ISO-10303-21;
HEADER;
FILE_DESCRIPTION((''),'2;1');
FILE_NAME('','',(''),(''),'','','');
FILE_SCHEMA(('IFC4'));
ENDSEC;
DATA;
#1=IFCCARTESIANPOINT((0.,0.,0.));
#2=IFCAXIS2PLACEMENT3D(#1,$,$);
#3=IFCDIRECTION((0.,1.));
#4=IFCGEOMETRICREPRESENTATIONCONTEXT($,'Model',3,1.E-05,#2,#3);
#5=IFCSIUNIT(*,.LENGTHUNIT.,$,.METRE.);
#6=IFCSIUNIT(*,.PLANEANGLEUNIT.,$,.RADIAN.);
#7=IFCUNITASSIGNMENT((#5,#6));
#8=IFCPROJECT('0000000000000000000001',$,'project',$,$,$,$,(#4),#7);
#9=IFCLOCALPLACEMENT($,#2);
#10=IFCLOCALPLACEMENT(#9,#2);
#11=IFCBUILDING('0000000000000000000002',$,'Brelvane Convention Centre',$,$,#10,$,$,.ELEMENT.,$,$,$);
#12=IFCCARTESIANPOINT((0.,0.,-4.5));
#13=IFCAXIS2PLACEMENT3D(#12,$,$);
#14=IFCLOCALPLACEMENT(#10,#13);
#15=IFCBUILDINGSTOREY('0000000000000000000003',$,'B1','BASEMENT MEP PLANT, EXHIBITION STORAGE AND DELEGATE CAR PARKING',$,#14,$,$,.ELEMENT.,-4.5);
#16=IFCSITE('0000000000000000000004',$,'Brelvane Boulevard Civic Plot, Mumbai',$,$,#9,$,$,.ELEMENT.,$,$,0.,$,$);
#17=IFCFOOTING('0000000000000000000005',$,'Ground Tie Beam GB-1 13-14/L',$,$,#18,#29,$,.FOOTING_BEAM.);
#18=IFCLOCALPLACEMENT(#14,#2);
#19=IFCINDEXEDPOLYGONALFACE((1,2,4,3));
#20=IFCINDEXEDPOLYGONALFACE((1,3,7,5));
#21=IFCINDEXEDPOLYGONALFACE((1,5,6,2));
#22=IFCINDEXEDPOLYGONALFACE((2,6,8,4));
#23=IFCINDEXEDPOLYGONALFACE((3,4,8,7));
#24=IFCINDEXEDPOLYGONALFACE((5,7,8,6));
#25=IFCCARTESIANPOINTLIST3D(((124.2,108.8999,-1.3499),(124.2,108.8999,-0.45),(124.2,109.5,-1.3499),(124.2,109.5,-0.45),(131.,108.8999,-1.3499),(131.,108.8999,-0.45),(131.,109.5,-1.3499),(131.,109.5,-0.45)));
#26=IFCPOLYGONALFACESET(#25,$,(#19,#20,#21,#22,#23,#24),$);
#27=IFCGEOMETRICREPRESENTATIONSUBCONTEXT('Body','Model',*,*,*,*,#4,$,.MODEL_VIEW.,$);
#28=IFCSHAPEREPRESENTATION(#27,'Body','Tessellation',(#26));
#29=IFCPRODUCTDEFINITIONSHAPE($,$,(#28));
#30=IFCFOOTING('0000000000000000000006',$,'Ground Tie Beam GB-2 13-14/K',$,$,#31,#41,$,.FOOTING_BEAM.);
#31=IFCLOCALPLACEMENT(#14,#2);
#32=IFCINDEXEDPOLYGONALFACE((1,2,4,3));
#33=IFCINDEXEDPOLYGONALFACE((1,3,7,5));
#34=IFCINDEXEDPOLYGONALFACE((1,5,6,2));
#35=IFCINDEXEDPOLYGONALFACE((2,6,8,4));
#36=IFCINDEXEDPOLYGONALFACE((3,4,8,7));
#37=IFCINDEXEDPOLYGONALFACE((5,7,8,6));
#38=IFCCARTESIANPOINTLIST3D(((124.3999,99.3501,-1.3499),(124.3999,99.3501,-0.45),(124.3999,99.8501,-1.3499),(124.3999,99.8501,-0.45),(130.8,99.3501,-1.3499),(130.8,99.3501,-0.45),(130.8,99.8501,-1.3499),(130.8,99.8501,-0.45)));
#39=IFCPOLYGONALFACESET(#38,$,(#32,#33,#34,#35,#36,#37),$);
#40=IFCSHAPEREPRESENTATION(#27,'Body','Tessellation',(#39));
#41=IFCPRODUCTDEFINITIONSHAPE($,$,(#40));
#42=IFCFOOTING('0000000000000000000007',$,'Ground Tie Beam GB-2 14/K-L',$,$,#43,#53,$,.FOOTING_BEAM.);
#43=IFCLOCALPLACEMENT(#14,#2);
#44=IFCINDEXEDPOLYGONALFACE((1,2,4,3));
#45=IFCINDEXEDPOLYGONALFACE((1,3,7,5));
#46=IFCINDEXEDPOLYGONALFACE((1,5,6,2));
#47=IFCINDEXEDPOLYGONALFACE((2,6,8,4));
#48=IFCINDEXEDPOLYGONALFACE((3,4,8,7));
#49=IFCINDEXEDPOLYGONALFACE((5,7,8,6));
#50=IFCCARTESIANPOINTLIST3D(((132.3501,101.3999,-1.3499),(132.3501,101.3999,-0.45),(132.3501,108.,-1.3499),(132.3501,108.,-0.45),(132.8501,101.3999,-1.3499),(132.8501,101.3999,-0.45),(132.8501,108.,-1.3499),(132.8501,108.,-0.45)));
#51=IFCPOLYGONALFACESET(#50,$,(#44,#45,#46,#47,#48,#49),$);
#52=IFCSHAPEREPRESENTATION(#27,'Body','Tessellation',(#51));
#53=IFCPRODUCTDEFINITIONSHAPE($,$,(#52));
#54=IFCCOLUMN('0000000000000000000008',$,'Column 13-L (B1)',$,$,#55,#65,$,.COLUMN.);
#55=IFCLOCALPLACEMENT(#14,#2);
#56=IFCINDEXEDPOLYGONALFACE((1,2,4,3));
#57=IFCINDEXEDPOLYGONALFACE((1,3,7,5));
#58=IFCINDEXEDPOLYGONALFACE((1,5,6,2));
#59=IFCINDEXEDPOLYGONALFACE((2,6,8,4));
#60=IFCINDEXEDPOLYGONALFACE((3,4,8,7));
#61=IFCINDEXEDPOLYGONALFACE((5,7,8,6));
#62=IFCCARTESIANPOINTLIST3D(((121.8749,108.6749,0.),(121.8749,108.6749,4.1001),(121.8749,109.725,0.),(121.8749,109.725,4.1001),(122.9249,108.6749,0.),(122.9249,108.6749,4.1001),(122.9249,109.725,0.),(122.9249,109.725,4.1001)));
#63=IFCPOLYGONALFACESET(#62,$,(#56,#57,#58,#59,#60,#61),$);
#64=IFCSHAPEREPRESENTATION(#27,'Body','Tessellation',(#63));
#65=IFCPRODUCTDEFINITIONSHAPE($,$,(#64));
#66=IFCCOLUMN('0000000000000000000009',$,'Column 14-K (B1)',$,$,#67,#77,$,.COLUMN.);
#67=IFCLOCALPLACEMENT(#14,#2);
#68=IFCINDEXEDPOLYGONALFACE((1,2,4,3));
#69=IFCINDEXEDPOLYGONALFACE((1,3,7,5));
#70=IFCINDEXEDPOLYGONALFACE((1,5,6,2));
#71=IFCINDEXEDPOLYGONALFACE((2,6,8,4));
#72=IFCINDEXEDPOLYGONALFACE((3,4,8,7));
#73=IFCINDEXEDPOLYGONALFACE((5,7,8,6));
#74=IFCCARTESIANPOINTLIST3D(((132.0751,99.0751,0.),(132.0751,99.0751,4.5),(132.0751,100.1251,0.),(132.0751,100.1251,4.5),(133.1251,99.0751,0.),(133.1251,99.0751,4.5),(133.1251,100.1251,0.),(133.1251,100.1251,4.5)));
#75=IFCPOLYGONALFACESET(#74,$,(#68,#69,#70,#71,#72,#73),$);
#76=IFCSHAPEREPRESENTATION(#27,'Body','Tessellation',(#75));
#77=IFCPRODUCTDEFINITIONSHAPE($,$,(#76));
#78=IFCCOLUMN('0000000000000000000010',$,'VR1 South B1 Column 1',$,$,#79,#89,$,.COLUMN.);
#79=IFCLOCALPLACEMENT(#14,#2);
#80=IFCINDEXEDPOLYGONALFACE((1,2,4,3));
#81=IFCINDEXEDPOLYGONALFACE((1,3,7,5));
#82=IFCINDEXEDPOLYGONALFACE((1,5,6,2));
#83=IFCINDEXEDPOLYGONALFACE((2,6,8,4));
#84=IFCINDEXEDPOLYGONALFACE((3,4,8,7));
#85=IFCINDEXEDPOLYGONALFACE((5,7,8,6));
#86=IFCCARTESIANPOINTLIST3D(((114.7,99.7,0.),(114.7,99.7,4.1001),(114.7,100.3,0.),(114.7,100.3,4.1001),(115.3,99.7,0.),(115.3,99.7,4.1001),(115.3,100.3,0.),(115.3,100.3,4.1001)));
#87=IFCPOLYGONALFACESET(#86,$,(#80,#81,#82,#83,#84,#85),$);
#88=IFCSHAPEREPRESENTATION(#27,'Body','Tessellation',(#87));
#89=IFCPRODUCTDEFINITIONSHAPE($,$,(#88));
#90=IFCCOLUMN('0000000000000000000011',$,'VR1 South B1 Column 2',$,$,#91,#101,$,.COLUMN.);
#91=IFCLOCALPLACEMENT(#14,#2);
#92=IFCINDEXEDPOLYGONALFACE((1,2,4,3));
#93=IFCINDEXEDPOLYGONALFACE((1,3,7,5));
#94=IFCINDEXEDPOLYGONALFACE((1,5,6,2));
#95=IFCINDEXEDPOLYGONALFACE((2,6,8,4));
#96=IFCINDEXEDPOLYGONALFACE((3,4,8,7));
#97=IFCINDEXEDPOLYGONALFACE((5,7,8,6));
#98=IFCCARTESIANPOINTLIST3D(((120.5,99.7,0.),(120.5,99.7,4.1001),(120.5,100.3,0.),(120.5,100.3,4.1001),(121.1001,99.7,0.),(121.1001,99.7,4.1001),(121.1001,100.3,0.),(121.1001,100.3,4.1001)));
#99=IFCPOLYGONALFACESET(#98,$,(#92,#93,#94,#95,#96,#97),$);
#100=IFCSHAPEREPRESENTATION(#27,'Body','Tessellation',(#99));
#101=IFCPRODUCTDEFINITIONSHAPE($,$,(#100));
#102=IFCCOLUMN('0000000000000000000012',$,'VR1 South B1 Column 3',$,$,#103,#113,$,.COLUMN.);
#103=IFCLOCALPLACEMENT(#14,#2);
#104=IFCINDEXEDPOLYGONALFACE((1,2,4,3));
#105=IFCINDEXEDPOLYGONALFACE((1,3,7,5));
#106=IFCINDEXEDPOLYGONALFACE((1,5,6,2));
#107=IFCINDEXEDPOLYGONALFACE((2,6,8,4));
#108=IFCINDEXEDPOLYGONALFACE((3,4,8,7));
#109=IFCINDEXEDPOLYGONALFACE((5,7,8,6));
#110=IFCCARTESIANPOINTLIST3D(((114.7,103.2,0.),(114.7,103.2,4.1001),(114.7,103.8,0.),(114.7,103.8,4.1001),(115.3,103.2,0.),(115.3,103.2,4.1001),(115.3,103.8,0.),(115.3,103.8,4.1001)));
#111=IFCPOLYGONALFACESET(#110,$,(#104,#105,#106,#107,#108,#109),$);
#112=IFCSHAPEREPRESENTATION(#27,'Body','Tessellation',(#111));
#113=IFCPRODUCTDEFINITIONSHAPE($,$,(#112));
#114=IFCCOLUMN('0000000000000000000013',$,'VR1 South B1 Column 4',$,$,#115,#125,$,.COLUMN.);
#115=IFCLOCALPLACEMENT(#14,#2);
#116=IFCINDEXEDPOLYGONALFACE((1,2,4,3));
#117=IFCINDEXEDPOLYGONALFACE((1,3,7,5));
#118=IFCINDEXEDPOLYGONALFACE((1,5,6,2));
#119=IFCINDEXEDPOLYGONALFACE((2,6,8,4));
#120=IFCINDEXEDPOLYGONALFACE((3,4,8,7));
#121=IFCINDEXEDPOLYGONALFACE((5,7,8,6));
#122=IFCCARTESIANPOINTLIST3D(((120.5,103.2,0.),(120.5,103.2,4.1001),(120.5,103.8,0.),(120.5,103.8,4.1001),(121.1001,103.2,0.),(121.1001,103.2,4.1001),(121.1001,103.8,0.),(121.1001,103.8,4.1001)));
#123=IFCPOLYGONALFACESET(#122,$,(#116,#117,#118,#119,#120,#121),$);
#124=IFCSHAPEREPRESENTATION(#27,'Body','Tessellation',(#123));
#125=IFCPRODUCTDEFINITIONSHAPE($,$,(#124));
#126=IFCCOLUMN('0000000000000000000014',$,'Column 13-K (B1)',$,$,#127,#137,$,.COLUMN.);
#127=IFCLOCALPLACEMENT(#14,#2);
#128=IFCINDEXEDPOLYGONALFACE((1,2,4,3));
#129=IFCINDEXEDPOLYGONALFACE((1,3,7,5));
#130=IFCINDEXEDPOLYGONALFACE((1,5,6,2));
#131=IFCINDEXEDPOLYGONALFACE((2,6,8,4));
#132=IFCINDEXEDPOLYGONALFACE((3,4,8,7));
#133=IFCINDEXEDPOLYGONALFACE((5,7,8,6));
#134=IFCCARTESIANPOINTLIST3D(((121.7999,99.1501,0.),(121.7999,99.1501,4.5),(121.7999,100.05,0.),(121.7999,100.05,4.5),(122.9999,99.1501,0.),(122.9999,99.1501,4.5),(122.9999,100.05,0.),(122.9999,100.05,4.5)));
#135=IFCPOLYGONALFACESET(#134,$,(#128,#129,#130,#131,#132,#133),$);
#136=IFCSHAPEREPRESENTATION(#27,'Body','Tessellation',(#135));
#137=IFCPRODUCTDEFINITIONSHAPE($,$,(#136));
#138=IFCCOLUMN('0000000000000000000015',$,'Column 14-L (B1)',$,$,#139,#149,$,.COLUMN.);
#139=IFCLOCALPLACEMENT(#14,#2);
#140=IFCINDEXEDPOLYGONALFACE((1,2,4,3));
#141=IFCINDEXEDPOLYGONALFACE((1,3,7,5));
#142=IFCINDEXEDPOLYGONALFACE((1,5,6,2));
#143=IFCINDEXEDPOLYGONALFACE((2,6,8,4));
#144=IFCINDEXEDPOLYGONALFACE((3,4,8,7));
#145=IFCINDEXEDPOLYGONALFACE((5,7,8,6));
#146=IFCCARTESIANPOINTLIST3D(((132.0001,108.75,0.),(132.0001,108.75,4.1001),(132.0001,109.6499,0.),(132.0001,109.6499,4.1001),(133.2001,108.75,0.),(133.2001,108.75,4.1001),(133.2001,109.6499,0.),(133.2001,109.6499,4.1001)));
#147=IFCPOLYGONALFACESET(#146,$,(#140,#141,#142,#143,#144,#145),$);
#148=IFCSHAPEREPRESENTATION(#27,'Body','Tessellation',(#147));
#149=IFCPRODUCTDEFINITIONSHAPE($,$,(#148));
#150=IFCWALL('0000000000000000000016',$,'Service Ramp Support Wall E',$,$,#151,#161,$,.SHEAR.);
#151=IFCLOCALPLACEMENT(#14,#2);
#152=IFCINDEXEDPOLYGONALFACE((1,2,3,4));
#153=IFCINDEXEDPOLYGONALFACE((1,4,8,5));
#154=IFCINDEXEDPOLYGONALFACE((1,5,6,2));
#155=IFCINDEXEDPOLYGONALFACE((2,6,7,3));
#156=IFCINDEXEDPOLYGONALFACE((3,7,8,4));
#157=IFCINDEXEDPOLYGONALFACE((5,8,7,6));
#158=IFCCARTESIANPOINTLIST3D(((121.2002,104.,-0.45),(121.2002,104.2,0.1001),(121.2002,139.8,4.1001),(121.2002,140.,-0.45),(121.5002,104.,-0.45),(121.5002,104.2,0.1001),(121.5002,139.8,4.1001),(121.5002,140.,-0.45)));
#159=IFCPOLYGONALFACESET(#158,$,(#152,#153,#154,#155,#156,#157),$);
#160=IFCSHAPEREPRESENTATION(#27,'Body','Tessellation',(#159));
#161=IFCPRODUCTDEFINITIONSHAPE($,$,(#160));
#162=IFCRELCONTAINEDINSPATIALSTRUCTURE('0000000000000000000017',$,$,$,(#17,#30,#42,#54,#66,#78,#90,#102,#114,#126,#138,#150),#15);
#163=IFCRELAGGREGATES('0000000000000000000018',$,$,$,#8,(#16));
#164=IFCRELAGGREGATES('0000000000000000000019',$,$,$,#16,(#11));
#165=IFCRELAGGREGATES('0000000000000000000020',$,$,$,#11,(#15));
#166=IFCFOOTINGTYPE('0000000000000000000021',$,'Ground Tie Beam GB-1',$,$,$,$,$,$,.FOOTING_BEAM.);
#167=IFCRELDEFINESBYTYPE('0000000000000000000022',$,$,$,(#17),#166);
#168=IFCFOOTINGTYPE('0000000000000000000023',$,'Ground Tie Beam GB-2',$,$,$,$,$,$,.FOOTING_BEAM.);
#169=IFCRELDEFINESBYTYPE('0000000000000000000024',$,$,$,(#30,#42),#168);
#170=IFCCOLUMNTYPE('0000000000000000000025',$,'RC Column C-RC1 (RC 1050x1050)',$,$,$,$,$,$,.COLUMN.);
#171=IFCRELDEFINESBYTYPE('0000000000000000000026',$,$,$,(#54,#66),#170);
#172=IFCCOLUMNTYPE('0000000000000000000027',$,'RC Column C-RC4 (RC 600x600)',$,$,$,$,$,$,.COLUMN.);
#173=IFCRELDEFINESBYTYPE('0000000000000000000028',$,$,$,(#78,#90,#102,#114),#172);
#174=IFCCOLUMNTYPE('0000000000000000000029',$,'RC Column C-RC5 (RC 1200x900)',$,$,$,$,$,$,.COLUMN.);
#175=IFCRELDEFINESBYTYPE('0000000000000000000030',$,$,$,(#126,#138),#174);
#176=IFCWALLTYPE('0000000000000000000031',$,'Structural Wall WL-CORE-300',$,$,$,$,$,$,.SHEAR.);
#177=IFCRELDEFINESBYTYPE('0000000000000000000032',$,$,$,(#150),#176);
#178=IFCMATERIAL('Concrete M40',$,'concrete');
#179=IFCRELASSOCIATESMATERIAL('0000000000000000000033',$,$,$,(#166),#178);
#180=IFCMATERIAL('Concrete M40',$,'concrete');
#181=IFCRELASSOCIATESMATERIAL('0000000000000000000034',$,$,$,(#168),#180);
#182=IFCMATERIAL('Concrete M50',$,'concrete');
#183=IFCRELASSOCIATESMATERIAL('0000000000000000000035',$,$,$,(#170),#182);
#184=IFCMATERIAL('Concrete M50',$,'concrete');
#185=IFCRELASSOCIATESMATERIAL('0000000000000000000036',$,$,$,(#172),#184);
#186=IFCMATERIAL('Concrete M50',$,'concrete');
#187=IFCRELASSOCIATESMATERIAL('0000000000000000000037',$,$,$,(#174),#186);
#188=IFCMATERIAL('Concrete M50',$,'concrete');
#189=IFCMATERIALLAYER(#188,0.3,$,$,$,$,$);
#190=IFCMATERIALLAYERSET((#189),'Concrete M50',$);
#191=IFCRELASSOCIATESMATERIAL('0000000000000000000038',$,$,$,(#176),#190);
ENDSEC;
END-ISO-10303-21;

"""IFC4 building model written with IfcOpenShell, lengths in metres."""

from ifc_helpers import new_model, si_unit, direction, frame, origin, origin_2d, place, context, subcontext, project, spatial, polyline, rectangle, outline, extrude, material, layer, layer_set, material_profile, profile_set, type_object, element, save


model = new_model("IFC4")

# Units and contexts
model_context = context("Model", 3, precision=1e-05, world=origin(), true_north=direction((0.0, 1.0)))
body_context = subcontext(model_context, "Body", "Model", "MODEL_VIEW")
ifc_project = project(units=[si_unit("LENGTHUNIT", "METRE"), si_unit("PLANEANGLEUNIT", "RADIAN")], contexts=[model_context])

# Site, building, storey
site_placement = place(None, origin())
site = spatial("IfcSite", under=ifc_project, at=site_placement, Name="Brelvane Boulevard Civic Plot, Mumbai", CompositionType="ELEMENT", RefElevation=0.0)
building_placement = place(site_placement, origin())
building = spatial("IfcBuilding", under=site, at=building_placement, Name="Brelvane Convention Centre", CompositionType="ELEMENT")
storey_placement = place(building_placement, frame((0.0, 0.0, -4.5)))
storey = spatial("IfcBuildingStorey", under=building, at=storey_placement, Name="B1", Description="BASEMENT MEP PLANT, EXHIBITION STORAGE AND DELEGATE CAR PARKING", CompositionType="ELEMENT", Elevation=-4.5)

# Footings
ifc_material_1 = material(Name="Concrete M40", Category="concrete")
ifc_material_profile_1 = material_profile(ifc_material_1, rectangle(XDim=0.6001, YDim=0.8999, at=origin_2d()), Name="RC 600x900")
ifc_profile_set_1 = profile_set([ifc_material_profile_1], Name="Concrete M40")
footing_type_1 = type_object("IfcFootingType", Name="Ground Tie Beam GB-1", PredefinedType="FOOTING_BEAM", material=ifc_profile_set_1)
footing_1_placement = place(storey_placement, frame((124.2, 109.2, -0.8999), z_axis=(1.0, 0.0, 0.0), x_axis=(0.0, 1.0, 0.0)))
element("IfcFooting", 1, at=footing_1_placement, inside=storey, type_object=footing_type_1, Name="Ground Tie Beam GB-1 13-14/L", PredefinedType="FOOTING_BEAM", context=body_context, shape_type="SweptSolid", body=[
    extrude(rectangle(XDim=0.6001, YDim=0.8999, at=origin_2d()), origin(), (0.0, 0.0, 1.0), 6.8),
])
ifc_material_2 = material(Name="Concrete M40", Category="concrete")
ifc_material_profile_2 = material_profile(ifc_material_2, rectangle(XDim=0.5, YDim=0.8999, at=origin_2d()), Name="RC 500x900")
ifc_profile_set_2 = profile_set([ifc_material_profile_2], Name="Concrete M40")
footing_type_2 = type_object("IfcFootingType", Name="Ground Tie Beam GB-2", PredefinedType="FOOTING_BEAM", material=ifc_profile_set_2)
footing_2_placement = place(storey_placement, frame((124.3999, 99.6001, -0.8999), z_axis=(1.0, 0.0, 0.0), x_axis=(0.0, 1.0, 0.0)))
element("IfcFooting", 2, at=footing_2_placement, inside=storey, type_object=footing_type_2, Name="Ground Tie Beam GB-2 13-14/K", PredefinedType="FOOTING_BEAM", context=body_context, shape_type="SweptSolid", body=[
    extrude(rectangle(XDim=0.5, YDim=0.8999, at=origin_2d()), origin(), (0.0, 0.0, 1.0), 6.4001),
])
footing_3_placement = place(storey_placement, frame((132.6001, 101.3999, -0.8999), z_axis=(0.0, 1.0, 0.0), x_axis=(-1.0, 0.0, 0.0)))
element("IfcFooting", 3, at=footing_3_placement, inside=storey, type_object=footing_type_2, Name="Ground Tie Beam GB-2 14/K-L", PredefinedType="FOOTING_BEAM", context=body_context, shape_type="SweptSolid", body=[
    extrude(rectangle(XDim=0.5, YDim=0.8999, at=origin_2d()), origin(), (0.0, 0.0, 1.0), 6.6001),
])

# Columns
ifc_material_3 = material(Name="Concrete M50", Category="concrete")
ifc_material_profile_3 = material_profile(ifc_material_3, rectangle(XDim=1.05, YDim=1.05, at=origin_2d()), Name="RC 1050x1050")
ifc_profile_set_3 = profile_set([ifc_material_profile_3], Name="Concrete M50")
column_type_1 = type_object("IfcColumnType", Name="RC Column C-RC1 (RC 1050x1050)", PredefinedType="COLUMN", material=ifc_profile_set_3)
column_1_placement = place(storey_placement, frame((122.3999, 109.2, 0.0), z_axis=(0.0, 0.0, 1.0), x_axis=(1.0, 0.0, 0.0)))
element("IfcColumn", 4, at=column_1_placement, inside=storey, type_object=column_type_1, Name="Column 13-L (B1)", PredefinedType="COLUMN", context=body_context, shape_type="SweptSolid", body=[
    extrude(rectangle(XDim=1.05, YDim=1.05, at=origin_2d()), origin(), (0.0, 0.0, 1.0), 4.1001),
])
column_2_placement = place(storey_placement, frame((132.6001, 99.6001, 0.0), z_axis=(0.0, 0.0, 1.0), x_axis=(1.0, 0.0, 0.0)))
element("IfcColumn", 5, at=column_2_placement, inside=storey, type_object=column_type_1, Name="Column 14-K (B1)", PredefinedType="COLUMN", context=body_context, shape_type="SweptSolid", body=[
    extrude(rectangle(XDim=1.05, YDim=1.05, at=origin_2d()), origin(), (0.0, 0.0, 1.0), 4.5),
])
ifc_material_4 = material(Name="Concrete M50", Category="concrete")
ifc_material_profile_4 = material_profile(ifc_material_4, rectangle(XDim=0.6001, YDim=0.6001, at=origin_2d()), Name="RC 600x600")
ifc_profile_set_4 = profile_set([ifc_material_profile_4], Name="Concrete M50")
column_type_2 = type_object("IfcColumnType", Name="RC Column C-RC4 (RC 600x600)", PredefinedType="COLUMN", material=ifc_profile_set_4)
for number, where, z_axis, x_axis, name in (
    (6, (115.0, 100.0, 0.0), (0.0, 0.0, 1.0), (1.0, 0.0, 0.0), "VR1 South B1 Column 1"),
    (7, (120.8, 100.0, 0.0), (0.0, 0.0, 1.0), (1.0, 0.0, 0.0), "VR1 South B1 Column 2"),
    (8, (115.0, 103.5, 0.0), (0.0, 0.0, 1.0), (1.0, 0.0, 0.0), "VR1 South B1 Column 3"),
    (9, (120.8, 103.5, 0.0), (0.0, 0.0, 1.0), (1.0, 0.0, 0.0), "VR1 South B1 Column 4"),
):
    element("IfcColumn", number, at=place(storey_placement, frame(where, z_axis=z_axis, x_axis=x_axis)), inside=storey, type_object=column_type_2, Name=name, PredefinedType="COLUMN", context=body_context, shape_type="SweptSolid", body=[
        extrude(rectangle(XDim=0.6001, YDim=0.6001, at=origin_2d()), origin(), (0.0, 0.0, 1.0), 4.1001),
    ])
ifc_material_5 = material(Name="Concrete M50", Category="concrete")
ifc_material_profile_5 = material_profile(ifc_material_5, rectangle(XDim=1.2, YDim=0.8999, at=origin_2d()), Name="RC 1200x900")
ifc_profile_set_5 = profile_set([ifc_material_profile_5], Name="Concrete M50")
column_type_3 = type_object("IfcColumnType", Name="RC Column C-RC5 (RC 1200x900)", PredefinedType="COLUMN", material=ifc_profile_set_5)
column_3_placement = place(storey_placement, frame((122.3999, 99.6001, 0.0), z_axis=(0.0, 0.0, 1.0), x_axis=(1.0, 0.0, 0.0)))
element("IfcColumn", 10, at=column_3_placement, inside=storey, type_object=column_type_3, Name="Column 13-K (B1)", PredefinedType="COLUMN", context=body_context, shape_type="SweptSolid", body=[
    extrude(rectangle(XDim=1.2, YDim=0.8999, at=origin_2d()), origin(), (0.0, 0.0, 1.0), 4.5),
])
column_4_placement = place(storey_placement, frame((132.6001, 109.2, 0.0), z_axis=(0.0, 0.0, 1.0), x_axis=(1.0, 0.0, 0.0)))
element("IfcColumn", 11, at=column_4_placement, inside=storey, type_object=column_type_3, Name="Column 14-L (B1)", PredefinedType="COLUMN", context=body_context, shape_type="SweptSolid", body=[
    extrude(rectangle(XDim=1.2, YDim=0.8999, at=origin_2d()), origin(), (0.0, 0.0, 1.0), 4.1001),
])

# Wall
ifc_material_6 = material(Name="Concrete M50", Category="concrete")
ifc_layer = layer(ifc_material_6, 0.3)
ifc_layer_set = layer_set([ifc_layer], Name="Concrete M50")
wall_type = type_object("IfcWallType", Name="Structural Wall WL-CORE-300", PredefinedType="SHEAR", material=ifc_layer_set)
wall_placement = place(storey_placement, frame((121.3501, 104.0, -0.45), z_axis=(0.0, 0.0, 1.0), x_axis=(0.0, 1.0, 0.0)))
element("IfcWall", 12, at=wall_placement, inside=storey, type_object=wall_type, Name="Service Ramp Support Wall E", PredefinedType="SHEAR", context=body_context, shape_type="SweptSolid", body=[
    extrude(outline(polyline([(0.0, 0.0), (36.0, 0.0), (35.8, 4.55), (0.2, 0.55), (0.0, 0.0)])), frame((0.0, 0.1499, 0.0), z_axis=(0.0, -1.0, 0.0), x_axis=(1.0, 0.0, 0.0)), (0.0, 0.0, 1.0), 0.3),
])

save(model, "model.ifc")
